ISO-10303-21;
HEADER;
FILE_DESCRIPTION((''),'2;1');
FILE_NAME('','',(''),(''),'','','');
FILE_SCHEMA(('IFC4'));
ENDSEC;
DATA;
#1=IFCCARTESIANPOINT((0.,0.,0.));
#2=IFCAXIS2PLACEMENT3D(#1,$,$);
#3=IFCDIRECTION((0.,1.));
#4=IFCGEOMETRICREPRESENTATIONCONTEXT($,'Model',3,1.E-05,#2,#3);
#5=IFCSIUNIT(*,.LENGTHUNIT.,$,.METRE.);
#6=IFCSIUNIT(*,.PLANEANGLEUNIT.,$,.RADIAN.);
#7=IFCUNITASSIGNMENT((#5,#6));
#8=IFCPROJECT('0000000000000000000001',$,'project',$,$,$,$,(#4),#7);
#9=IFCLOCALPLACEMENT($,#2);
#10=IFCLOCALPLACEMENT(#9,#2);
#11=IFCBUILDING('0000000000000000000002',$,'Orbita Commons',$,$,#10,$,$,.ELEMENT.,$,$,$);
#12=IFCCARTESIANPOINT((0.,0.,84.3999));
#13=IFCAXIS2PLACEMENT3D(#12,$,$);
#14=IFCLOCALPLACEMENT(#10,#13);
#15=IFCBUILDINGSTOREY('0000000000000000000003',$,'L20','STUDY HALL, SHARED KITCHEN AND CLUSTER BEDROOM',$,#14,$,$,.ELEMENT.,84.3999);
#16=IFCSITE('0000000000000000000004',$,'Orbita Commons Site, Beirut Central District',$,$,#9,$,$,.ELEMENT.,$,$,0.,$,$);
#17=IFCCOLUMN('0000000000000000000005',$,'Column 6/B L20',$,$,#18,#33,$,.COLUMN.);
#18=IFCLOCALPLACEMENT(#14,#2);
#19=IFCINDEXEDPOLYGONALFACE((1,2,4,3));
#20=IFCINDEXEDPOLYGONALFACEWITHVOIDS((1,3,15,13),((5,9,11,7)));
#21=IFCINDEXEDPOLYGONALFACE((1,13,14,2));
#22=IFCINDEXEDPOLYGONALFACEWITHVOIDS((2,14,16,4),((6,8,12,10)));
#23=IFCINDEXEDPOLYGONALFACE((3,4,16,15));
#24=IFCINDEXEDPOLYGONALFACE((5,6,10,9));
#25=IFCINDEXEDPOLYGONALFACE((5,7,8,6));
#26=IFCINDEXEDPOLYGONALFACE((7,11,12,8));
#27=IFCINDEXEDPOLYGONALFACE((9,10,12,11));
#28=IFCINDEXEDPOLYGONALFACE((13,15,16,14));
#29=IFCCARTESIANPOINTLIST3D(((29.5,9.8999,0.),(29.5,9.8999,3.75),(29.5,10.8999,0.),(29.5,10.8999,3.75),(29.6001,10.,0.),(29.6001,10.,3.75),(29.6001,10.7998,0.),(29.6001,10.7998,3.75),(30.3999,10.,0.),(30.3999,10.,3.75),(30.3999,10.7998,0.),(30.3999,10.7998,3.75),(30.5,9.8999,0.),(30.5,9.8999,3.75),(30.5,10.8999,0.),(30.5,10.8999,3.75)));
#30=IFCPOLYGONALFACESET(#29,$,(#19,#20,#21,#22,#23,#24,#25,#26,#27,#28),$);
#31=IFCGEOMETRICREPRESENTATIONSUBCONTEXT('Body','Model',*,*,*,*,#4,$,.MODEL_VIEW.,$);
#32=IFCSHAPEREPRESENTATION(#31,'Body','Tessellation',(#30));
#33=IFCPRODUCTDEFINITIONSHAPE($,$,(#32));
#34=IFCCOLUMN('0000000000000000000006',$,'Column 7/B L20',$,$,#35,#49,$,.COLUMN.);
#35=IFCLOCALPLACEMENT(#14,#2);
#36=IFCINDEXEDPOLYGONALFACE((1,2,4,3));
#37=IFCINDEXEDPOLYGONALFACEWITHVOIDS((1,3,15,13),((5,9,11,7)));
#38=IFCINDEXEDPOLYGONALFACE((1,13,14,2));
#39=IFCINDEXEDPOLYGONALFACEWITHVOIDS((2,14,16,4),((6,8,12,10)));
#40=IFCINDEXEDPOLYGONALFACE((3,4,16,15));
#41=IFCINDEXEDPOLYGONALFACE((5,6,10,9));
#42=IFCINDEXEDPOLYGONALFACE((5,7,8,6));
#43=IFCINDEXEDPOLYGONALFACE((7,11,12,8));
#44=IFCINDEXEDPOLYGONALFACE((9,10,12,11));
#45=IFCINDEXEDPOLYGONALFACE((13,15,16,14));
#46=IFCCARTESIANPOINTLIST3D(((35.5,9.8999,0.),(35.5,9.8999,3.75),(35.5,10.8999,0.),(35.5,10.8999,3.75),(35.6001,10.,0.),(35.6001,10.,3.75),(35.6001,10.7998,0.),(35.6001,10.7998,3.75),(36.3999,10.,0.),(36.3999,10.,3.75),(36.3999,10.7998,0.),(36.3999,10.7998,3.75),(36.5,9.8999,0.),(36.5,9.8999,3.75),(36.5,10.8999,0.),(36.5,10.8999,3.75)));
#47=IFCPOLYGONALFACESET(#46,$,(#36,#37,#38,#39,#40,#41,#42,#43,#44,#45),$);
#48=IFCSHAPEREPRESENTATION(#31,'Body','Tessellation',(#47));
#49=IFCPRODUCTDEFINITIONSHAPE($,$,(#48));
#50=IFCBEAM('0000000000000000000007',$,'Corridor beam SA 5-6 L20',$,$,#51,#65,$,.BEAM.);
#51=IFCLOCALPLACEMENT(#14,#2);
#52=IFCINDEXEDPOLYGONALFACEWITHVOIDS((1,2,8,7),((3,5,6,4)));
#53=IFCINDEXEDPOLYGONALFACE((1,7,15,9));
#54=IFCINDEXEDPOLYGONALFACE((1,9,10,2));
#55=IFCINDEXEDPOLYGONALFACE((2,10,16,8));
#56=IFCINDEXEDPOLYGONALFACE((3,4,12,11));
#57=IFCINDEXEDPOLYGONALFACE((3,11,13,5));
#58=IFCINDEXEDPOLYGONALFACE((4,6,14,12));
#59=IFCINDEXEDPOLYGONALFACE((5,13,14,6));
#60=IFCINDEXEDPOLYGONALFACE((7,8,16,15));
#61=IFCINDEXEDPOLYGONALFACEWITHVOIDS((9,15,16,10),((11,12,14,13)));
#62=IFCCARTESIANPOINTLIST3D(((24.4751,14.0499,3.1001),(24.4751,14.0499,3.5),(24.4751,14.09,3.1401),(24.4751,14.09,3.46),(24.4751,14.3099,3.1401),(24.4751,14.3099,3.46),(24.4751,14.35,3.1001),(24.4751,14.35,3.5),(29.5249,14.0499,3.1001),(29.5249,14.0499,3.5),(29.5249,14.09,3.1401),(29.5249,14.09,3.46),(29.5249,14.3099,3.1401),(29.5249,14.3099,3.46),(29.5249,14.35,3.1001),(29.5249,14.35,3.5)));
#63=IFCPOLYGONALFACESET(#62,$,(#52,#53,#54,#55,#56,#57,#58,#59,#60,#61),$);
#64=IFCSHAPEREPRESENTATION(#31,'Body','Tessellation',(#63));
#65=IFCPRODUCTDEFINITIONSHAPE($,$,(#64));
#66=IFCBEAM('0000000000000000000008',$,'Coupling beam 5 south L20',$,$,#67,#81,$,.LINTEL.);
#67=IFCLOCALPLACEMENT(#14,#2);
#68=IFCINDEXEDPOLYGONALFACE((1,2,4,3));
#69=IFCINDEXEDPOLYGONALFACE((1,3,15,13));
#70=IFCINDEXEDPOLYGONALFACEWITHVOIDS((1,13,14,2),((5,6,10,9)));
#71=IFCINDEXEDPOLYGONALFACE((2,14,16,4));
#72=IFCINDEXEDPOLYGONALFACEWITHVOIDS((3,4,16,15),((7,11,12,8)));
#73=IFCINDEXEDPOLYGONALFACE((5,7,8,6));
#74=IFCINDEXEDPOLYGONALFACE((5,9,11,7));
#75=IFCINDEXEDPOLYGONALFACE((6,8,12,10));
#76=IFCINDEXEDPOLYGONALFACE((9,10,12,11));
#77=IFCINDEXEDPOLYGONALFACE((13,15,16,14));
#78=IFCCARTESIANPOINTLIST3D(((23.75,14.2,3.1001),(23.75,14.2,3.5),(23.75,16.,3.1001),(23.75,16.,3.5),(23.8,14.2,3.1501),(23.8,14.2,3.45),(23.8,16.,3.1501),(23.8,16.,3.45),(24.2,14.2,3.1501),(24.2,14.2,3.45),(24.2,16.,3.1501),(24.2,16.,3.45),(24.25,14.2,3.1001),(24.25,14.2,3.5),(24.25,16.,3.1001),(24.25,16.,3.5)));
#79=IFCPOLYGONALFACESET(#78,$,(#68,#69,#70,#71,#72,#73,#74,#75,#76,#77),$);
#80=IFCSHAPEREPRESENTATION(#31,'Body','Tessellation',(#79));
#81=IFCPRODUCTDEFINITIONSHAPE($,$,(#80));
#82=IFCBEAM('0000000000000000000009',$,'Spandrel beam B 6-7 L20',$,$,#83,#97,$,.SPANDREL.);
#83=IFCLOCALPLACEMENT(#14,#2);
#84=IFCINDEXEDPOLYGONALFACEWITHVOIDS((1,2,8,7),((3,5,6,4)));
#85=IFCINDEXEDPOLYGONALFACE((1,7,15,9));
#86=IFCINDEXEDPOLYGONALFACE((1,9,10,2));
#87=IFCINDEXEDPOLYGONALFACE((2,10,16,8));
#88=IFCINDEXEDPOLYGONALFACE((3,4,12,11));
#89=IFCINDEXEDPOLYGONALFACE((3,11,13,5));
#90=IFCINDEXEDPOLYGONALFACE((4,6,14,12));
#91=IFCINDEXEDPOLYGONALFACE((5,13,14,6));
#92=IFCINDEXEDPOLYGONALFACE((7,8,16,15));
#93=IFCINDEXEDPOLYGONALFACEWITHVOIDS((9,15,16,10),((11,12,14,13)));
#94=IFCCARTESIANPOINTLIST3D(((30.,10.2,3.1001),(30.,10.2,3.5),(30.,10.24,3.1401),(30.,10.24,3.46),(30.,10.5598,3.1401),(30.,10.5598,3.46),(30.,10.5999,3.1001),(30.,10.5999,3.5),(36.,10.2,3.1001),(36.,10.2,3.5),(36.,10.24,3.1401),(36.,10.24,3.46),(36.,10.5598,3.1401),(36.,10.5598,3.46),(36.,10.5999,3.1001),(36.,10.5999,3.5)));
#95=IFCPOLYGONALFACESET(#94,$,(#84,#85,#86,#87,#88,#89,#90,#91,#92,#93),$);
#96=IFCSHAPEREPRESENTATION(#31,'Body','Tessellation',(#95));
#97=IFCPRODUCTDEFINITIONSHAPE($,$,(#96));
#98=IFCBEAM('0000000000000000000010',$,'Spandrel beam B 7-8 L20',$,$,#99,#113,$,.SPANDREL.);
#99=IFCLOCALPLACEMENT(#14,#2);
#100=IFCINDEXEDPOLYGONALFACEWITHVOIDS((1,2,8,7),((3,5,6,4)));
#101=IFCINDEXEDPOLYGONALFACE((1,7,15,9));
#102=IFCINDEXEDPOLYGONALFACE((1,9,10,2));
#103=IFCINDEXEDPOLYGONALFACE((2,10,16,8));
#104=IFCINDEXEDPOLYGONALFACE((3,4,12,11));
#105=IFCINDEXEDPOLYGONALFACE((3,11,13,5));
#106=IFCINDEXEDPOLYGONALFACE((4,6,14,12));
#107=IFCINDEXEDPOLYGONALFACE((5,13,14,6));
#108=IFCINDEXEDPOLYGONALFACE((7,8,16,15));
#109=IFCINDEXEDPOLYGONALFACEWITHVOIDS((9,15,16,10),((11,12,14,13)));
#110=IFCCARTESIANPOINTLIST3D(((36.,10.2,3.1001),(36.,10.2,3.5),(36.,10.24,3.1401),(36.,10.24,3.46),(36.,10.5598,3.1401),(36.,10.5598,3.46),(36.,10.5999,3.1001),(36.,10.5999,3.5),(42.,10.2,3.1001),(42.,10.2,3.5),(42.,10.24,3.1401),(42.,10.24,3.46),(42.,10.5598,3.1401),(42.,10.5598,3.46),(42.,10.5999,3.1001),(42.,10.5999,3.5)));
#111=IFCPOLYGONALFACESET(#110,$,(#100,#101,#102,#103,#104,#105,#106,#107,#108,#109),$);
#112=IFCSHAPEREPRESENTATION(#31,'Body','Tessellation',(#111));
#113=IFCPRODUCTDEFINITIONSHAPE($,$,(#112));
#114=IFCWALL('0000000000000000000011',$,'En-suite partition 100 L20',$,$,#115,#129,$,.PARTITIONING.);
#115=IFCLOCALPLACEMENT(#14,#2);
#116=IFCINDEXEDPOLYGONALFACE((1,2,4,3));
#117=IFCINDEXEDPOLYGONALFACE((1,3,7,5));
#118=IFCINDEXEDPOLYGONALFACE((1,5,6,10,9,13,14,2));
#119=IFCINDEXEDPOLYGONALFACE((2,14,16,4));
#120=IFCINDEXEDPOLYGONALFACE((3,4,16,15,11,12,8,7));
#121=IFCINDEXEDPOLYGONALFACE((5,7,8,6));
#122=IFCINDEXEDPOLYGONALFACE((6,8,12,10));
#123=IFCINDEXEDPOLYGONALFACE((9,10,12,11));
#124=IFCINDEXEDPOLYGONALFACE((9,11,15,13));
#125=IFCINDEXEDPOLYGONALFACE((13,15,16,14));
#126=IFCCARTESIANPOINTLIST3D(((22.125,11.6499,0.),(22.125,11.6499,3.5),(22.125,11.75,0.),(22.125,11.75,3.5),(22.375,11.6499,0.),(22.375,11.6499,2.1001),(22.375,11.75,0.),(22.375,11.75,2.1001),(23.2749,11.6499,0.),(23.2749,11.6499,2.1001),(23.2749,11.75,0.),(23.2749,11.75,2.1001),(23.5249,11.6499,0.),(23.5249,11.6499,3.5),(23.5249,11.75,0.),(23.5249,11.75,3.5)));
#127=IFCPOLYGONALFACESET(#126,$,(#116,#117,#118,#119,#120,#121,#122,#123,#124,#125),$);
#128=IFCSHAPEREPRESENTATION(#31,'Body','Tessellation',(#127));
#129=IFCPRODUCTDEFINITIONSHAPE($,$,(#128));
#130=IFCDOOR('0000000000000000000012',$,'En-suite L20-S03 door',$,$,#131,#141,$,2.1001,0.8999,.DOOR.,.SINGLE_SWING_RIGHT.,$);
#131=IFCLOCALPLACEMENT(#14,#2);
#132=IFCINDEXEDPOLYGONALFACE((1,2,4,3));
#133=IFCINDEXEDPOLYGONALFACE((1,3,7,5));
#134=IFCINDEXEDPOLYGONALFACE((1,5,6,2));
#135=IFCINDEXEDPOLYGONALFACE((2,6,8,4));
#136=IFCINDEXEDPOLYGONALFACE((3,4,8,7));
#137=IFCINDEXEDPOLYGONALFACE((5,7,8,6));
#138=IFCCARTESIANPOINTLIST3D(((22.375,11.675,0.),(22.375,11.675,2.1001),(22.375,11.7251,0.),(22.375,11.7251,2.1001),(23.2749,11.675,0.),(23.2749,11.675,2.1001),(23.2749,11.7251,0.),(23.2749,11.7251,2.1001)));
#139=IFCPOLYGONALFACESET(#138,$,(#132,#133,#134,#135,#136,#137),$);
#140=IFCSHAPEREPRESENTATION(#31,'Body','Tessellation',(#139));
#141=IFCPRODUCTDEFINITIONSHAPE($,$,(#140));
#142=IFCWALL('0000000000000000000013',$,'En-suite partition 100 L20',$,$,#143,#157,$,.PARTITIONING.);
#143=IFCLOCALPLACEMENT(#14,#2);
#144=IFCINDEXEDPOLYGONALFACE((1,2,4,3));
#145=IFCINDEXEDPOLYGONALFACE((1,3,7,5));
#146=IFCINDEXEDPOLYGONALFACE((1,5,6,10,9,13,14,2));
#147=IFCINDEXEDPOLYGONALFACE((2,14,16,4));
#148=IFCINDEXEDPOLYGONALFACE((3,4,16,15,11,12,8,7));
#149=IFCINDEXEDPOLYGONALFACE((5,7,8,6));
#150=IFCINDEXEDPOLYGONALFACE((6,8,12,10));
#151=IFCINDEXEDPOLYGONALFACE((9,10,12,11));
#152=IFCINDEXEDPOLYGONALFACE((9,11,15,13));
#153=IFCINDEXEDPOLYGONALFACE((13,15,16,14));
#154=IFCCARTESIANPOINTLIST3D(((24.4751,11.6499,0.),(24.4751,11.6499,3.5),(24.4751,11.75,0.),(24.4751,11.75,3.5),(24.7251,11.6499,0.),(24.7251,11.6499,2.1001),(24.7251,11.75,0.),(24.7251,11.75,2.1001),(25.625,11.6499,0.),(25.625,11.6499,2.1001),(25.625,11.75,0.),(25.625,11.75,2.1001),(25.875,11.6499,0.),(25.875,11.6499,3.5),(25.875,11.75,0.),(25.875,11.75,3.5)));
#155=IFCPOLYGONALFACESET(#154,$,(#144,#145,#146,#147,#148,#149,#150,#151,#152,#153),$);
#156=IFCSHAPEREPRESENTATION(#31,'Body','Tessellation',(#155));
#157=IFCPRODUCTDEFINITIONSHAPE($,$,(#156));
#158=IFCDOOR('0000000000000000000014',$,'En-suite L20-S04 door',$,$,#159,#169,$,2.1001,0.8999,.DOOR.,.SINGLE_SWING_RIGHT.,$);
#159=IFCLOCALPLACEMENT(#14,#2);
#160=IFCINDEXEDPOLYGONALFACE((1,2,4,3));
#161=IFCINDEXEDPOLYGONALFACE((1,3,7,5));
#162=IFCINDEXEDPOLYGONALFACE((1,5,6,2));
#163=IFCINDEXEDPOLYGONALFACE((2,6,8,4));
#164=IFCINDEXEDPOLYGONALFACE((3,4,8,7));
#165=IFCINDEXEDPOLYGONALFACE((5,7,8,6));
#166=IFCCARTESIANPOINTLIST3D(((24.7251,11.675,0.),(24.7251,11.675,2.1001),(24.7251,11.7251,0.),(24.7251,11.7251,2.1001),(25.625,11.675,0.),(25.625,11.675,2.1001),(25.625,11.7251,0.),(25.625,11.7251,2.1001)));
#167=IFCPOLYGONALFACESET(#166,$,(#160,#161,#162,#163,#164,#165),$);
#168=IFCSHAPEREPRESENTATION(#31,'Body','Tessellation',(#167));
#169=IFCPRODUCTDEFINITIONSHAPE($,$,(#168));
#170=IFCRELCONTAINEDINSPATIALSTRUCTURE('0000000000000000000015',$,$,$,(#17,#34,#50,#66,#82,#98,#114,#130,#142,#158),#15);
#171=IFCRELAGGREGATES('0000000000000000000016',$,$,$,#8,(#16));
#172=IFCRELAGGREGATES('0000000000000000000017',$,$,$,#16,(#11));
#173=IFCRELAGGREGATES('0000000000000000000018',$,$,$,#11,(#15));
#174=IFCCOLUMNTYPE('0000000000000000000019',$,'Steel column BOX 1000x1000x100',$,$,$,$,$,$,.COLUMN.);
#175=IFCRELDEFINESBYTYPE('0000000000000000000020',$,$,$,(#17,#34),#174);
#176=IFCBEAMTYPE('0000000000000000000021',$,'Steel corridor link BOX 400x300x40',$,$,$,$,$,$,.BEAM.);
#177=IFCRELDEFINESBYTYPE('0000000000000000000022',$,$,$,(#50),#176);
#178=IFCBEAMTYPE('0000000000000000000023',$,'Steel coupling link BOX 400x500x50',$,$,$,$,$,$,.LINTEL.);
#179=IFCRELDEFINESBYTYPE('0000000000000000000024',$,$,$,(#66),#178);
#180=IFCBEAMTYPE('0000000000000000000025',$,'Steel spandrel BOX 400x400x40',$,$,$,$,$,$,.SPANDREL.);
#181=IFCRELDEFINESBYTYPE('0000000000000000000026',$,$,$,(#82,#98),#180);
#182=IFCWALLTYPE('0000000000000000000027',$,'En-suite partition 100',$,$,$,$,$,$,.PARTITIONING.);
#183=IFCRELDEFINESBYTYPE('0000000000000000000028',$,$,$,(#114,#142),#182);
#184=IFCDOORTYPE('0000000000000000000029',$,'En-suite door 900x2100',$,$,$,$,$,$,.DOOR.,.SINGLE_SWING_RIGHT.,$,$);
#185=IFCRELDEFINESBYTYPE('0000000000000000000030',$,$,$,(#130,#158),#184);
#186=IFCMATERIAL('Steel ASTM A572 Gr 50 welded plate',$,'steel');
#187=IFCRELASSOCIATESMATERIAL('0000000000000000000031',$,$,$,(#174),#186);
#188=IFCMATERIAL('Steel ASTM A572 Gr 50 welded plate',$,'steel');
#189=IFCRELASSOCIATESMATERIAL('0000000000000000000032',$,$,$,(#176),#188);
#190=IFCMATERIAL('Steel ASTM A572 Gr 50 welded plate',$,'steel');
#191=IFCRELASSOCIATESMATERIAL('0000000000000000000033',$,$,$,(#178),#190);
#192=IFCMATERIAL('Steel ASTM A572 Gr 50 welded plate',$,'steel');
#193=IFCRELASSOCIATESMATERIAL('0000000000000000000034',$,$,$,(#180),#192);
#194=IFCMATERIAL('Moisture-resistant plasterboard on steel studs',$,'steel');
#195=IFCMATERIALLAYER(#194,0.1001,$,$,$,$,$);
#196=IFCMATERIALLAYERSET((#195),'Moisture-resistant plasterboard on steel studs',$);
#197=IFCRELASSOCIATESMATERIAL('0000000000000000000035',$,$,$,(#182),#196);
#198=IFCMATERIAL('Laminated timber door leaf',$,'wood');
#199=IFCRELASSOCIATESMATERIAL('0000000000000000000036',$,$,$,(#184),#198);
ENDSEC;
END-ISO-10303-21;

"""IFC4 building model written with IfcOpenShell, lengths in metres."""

from ifc_helpers import new_model, si_unit, direction, frame, frame_2d, origin, origin_2d, place, context, subcontext, project, spatial, rectangle, hollow_rectangle, extrude, material, layer, layer_set, material_profile, profile_set, type_object, element, fill, save


model = new_model("IFC4")

# Units and contexts
model_context = context("Model", 3, precision=1e-05, world=origin(), true_north=direction((0.0, 1.0)))
body_context = subcontext(model_context, "Body", "Model", "MODEL_VIEW")
ifc_project = project(units=[si_unit("LENGTHUNIT", "METRE"), si_unit("PLANEANGLEUNIT", "RADIAN")], contexts=[model_context])

# Site, building, storey
site_placement = place(None, origin())
site = spatial("IfcSite", under=ifc_project, at=site_placement, Name="Orbita Commons Site, Beirut Central District", CompositionType="ELEMENT", RefElevation=0.0)
building_placement = place(site_placement, origin())
building = spatial("IfcBuilding", under=site, at=building_placement, Name="Orbita Commons", CompositionType="ELEMENT")
storey_placement = place(building_placement, frame((0.0, 0.0, 84.3999)))
storey = spatial("IfcBuildingStorey", under=building, at=storey_placement, Name="L20", Description="STUDY HALL, SHARED KITCHEN AND CLUSTER BEDROOM", CompositionType="ELEMENT", Elevation=84.3999)

# Columns
ifc_material_1 = material(Name="Steel ASTM A572 Gr 50 welded plate", Category="steel")
ifc_material_profile_1 = material_profile(ifc_material_1, hollow_rectangle(XDim=1.0, YDim=1.0, WallThickness=0.1001, at=origin_2d()), Name="BOX 1000x1000x100")
ifc_profile_set_1 = profile_set([ifc_material_profile_1], Name="Steel ASTM A572 Gr 50 welded plate")
column_type = type_object("IfcColumnType", Name="Steel column BOX 1000x1000x100", PredefinedType="COLUMN", material=ifc_profile_set_1)
for number, where, z_axis, x_axis, name in (
    (1, (30.0, 10.3999, 0.0), (0.0, 0.0, 1.0), (1.0, 0.0, 0.0), "Column 6/B L20"),
    (2, (36.0, 10.3999, 0.0), (0.0, 0.0, 1.0), (1.0, 0.0, 0.0), "Column 7/B L20"),
):
    element("IfcColumn", number, at=place(storey_placement, frame(where, z_axis=z_axis, x_axis=x_axis)), inside=storey, type_object=column_type, Name=name, PredefinedType="COLUMN", context=body_context, shape_type="SweptSolid", body=[
        extrude(hollow_rectangle(XDim=1.0, YDim=1.0, WallThickness=0.1001, at=origin_2d()), origin(), (0.0, 0.0, 1.0), 3.75),
    ])

# Beams
ifc_material_2 = material(Name="Steel ASTM A572 Gr 50 welded plate", Category="steel")
ifc_material_profile_2 = material_profile(ifc_material_2, hollow_rectangle(XDim=0.3, YDim=0.3999, WallThickness=0.04, at=origin_2d()), Name="BOX 400x300x40")
ifc_profile_set_2 = profile_set([ifc_material_profile_2], Name="Steel ASTM A572 Gr 50 welded plate")
beam_type_1 = type_object("IfcBeamType", Name="Steel corridor link BOX 400x300x40", PredefinedType="BEAM", material=ifc_profile_set_2)
beam_1_placement = place(storey_placement, frame((24.4751, 14.2, 3.3), z_axis=(1.0, 0.0, 0.0), x_axis=(0.0, 1.0, 0.0)))
element("IfcBeam", 3, at=beam_1_placement, inside=storey, type_object=beam_type_1, Name="Corridor beam SA 5-6 L20", PredefinedType="BEAM", context=body_context, shape_type="SweptSolid", body=[
    extrude(hollow_rectangle(XDim=0.3, YDim=0.3999, WallThickness=0.04, at=origin_2d()), origin(), (0.0, 0.0, 1.0), 5.0498),
])
ifc_material_3 = material(Name="Steel ASTM A572 Gr 50 welded plate", Category="steel")
ifc_material_profile_3 = material_profile(ifc_material_3, hollow_rectangle(XDim=0.5, YDim=0.3999, WallThickness=0.05, at=origin_2d()), Name="BOX 400x500x50")
ifc_profile_set_3 = profile_set([ifc_material_profile_3], Name="Steel ASTM A572 Gr 50 welded plate")
beam_type_2 = type_object("IfcBeamType", Name="Steel coupling link BOX 400x500x50", PredefinedType="LINTEL", material=ifc_profile_set_3)
beam_2_placement = place(storey_placement, frame((24.0, 14.2, 3.3), z_axis=(0.0, 1.0, 0.0), x_axis=(-1.0, 0.0, 0.0)))
element("IfcBeam", 4, at=beam_2_placement, inside=storey, type_object=beam_type_2, Name="Coupling beam 5 south L20", PredefinedType="LINTEL", context=body_context, shape_type="SweptSolid", body=[
    extrude(hollow_rectangle(XDim=0.5, YDim=0.3999, WallThickness=0.05, at=origin_2d()), origin(), (0.0, 0.0, 1.0), 1.8),
])
ifc_material_4 = material(Name="Steel ASTM A572 Gr 50 welded plate", Category="steel")
ifc_material_profile_4 = material_profile(ifc_material_4, hollow_rectangle(XDim=0.3999, YDim=0.3999, WallThickness=0.04, at=origin_2d()), Name="BOX 400x400x40")
ifc_profile_set_4 = profile_set([ifc_material_profile_4], Name="Steel ASTM A572 Gr 50 welded plate")
beam_type_3 = type_object("IfcBeamType", Name="Steel spandrel BOX 400x400x40", PredefinedType="SPANDREL", material=ifc_profile_set_4)
for number, where, z_axis, x_axis, name in (
    (5, (30.0, 10.3999, 3.3), (1.0, 0.0, 0.0), (0.0, 1.0, 0.0), "Spandrel beam B 6-7 L20"),
    (6, (36.0, 10.3999, 3.3), (1.0, 0.0, 0.0), (0.0, 1.0, 0.0), "Spandrel beam B 7-8 L20"),
):
    element("IfcBeam", number, at=place(storey_placement, frame(where, z_axis=z_axis, x_axis=x_axis)), inside=storey, type_object=beam_type_3, Name=name, PredefinedType="SPANDREL", context=body_context, shape_type="SweptSolid", body=[
        extrude(hollow_rectangle(XDim=0.3999, YDim=0.3999, WallThickness=0.04, at=origin_2d()), origin(), (0.0, 0.0, 1.0), 6.0),
    ])

# Walls, openings, doors
ifc_material_5 = material(Name="Moisture-resistant plasterboard on steel studs", Category="steel")
ifc_layer = layer(ifc_material_5, 0.1001)
ifc_layer_set = layer_set([ifc_layer], Name="Moisture-resistant plasterboard on steel studs")
wall_type = type_object("IfcWallType", Name="En-suite partition 100", PredefinedType="PARTITIONING", material=ifc_layer_set)
wall_1_placement = place(storey_placement, frame((23.5249, 11.7, 0.0), z_axis=(0.0, 0.0, 1.0), x_axis=(-1.0, 0.0, 0.0)))
wall_1 = element("IfcWall", 7, at=wall_1_placement, inside=storey, type_object=wall_type, Name="En-suite partition 100 L20", PredefinedType="PARTITIONING", context=body_context, shape_type="SweptSolid", body=[
    extrude(rectangle(XDim=1.3999, YDim=0.1001, at=frame_2d((0.7, 0.0))), origin(), (0.0, 0.0, 1.0), 3.5),
])
opening_1_placement = place(wall_1_placement, frame((0.25, 0.0, 0.0)))
opening_1 = element("IfcOpeningElement", 8, at=opening_1_placement, cuts=wall_1, PredefinedType="OPENING", context=body_context, shape_type="SweptSolid", body=[
    extrude(rectangle(XDim=0.8999, YDim=2.1001, at=frame_2d((0.45, 1.05))), frame((0.0, 0.0601, 0.0), z_axis=(0.0, -1.0, 0.0), x_axis=(1.0, 0.0, 0.0)), (0.0, 0.0, 1.0), 0.1201),
])
ifc_material_6 = material(Name="Laminated timber door leaf", Category="wood")
door_type = type_object("IfcDoorType", Name="En-suite door 900x2100", OperationType="SINGLE_SWING_RIGHT", PredefinedType="DOOR", material=ifc_material_6)
door_1_placement = place(opening_1_placement, origin())
door_1 = element("IfcDoor", 9, at=door_1_placement, inside=storey, type_object=door_type, Name="En-suite L20-S03 door", OperationType="SINGLE_SWING_RIGHT", OverallHeight=2.1001, OverallWidth=0.8999, PredefinedType="DOOR", context=body_context, shape_type="SweptSolid", body=[
    extrude(rectangle(XDim=0.8999, YDim=2.1001, at=frame_2d((0.45, 1.05))), frame((0.0, 0.0249, 0.0), z_axis=(0.0, -1.0, 0.0), x_axis=(1.0, 0.0, 0.0)), (0.0, 0.0, 1.0), 0.05),
])
fill(opening_1, door_1)
wall_2_placement = place(storey_placement, frame((25.875, 11.7, 0.0), z_axis=(0.0, 0.0, 1.0), x_axis=(-1.0, 0.0, 0.0)))
wall_2 = element("IfcWall", 10, at=wall_2_placement, inside=storey, type_object=wall_type, Name="En-suite partition 100 L20", PredefinedType="PARTITIONING", context=body_context, shape_type="SweptSolid", body=[
    extrude(rectangle(XDim=1.3999, YDim=0.1001, at=frame_2d((0.7, 0.0))), origin(), (0.0, 0.0, 1.0), 3.5),
])
opening_2_placement = place(wall_2_placement, frame((0.25, 0.0, 0.0)))
opening_2 = element("IfcOpeningElement", 11, at=opening_2_placement, cuts=wall_2, PredefinedType="OPENING", context=body_context, shape_type="SweptSolid", body=[
    extrude(rectangle(XDim=0.8999, YDim=2.1001, at=frame_2d((0.45, 1.05))), frame((0.0, 0.0601, 0.0), z_axis=(0.0, -1.0, 0.0), x_axis=(1.0, 0.0, 0.0)), (0.0, 0.0, 1.0), 0.1201),
])
door_2_placement = place(opening_2_placement, origin())
door_2 = element("IfcDoor", 12, at=door_2_placement, inside=storey, type_object=door_type, Name="En-suite L20-S04 door", OperationType="SINGLE_SWING_RIGHT", OverallHeight=2.1001, OverallWidth=0.8999, PredefinedType="DOOR", context=body_context, shape_type="SweptSolid", body=[
    extrude(rectangle(XDim=0.8999, YDim=2.1001, at=frame_2d((0.45, 1.05))), frame((0.0, 0.0249, 0.0), z_axis=(0.0, -1.0, 0.0), x_axis=(1.0, 0.0, 0.0)), (0.0, 0.0, 1.0), 0.05),
])
fill(opening_2, door_2)

save(model, "model.ifc")
